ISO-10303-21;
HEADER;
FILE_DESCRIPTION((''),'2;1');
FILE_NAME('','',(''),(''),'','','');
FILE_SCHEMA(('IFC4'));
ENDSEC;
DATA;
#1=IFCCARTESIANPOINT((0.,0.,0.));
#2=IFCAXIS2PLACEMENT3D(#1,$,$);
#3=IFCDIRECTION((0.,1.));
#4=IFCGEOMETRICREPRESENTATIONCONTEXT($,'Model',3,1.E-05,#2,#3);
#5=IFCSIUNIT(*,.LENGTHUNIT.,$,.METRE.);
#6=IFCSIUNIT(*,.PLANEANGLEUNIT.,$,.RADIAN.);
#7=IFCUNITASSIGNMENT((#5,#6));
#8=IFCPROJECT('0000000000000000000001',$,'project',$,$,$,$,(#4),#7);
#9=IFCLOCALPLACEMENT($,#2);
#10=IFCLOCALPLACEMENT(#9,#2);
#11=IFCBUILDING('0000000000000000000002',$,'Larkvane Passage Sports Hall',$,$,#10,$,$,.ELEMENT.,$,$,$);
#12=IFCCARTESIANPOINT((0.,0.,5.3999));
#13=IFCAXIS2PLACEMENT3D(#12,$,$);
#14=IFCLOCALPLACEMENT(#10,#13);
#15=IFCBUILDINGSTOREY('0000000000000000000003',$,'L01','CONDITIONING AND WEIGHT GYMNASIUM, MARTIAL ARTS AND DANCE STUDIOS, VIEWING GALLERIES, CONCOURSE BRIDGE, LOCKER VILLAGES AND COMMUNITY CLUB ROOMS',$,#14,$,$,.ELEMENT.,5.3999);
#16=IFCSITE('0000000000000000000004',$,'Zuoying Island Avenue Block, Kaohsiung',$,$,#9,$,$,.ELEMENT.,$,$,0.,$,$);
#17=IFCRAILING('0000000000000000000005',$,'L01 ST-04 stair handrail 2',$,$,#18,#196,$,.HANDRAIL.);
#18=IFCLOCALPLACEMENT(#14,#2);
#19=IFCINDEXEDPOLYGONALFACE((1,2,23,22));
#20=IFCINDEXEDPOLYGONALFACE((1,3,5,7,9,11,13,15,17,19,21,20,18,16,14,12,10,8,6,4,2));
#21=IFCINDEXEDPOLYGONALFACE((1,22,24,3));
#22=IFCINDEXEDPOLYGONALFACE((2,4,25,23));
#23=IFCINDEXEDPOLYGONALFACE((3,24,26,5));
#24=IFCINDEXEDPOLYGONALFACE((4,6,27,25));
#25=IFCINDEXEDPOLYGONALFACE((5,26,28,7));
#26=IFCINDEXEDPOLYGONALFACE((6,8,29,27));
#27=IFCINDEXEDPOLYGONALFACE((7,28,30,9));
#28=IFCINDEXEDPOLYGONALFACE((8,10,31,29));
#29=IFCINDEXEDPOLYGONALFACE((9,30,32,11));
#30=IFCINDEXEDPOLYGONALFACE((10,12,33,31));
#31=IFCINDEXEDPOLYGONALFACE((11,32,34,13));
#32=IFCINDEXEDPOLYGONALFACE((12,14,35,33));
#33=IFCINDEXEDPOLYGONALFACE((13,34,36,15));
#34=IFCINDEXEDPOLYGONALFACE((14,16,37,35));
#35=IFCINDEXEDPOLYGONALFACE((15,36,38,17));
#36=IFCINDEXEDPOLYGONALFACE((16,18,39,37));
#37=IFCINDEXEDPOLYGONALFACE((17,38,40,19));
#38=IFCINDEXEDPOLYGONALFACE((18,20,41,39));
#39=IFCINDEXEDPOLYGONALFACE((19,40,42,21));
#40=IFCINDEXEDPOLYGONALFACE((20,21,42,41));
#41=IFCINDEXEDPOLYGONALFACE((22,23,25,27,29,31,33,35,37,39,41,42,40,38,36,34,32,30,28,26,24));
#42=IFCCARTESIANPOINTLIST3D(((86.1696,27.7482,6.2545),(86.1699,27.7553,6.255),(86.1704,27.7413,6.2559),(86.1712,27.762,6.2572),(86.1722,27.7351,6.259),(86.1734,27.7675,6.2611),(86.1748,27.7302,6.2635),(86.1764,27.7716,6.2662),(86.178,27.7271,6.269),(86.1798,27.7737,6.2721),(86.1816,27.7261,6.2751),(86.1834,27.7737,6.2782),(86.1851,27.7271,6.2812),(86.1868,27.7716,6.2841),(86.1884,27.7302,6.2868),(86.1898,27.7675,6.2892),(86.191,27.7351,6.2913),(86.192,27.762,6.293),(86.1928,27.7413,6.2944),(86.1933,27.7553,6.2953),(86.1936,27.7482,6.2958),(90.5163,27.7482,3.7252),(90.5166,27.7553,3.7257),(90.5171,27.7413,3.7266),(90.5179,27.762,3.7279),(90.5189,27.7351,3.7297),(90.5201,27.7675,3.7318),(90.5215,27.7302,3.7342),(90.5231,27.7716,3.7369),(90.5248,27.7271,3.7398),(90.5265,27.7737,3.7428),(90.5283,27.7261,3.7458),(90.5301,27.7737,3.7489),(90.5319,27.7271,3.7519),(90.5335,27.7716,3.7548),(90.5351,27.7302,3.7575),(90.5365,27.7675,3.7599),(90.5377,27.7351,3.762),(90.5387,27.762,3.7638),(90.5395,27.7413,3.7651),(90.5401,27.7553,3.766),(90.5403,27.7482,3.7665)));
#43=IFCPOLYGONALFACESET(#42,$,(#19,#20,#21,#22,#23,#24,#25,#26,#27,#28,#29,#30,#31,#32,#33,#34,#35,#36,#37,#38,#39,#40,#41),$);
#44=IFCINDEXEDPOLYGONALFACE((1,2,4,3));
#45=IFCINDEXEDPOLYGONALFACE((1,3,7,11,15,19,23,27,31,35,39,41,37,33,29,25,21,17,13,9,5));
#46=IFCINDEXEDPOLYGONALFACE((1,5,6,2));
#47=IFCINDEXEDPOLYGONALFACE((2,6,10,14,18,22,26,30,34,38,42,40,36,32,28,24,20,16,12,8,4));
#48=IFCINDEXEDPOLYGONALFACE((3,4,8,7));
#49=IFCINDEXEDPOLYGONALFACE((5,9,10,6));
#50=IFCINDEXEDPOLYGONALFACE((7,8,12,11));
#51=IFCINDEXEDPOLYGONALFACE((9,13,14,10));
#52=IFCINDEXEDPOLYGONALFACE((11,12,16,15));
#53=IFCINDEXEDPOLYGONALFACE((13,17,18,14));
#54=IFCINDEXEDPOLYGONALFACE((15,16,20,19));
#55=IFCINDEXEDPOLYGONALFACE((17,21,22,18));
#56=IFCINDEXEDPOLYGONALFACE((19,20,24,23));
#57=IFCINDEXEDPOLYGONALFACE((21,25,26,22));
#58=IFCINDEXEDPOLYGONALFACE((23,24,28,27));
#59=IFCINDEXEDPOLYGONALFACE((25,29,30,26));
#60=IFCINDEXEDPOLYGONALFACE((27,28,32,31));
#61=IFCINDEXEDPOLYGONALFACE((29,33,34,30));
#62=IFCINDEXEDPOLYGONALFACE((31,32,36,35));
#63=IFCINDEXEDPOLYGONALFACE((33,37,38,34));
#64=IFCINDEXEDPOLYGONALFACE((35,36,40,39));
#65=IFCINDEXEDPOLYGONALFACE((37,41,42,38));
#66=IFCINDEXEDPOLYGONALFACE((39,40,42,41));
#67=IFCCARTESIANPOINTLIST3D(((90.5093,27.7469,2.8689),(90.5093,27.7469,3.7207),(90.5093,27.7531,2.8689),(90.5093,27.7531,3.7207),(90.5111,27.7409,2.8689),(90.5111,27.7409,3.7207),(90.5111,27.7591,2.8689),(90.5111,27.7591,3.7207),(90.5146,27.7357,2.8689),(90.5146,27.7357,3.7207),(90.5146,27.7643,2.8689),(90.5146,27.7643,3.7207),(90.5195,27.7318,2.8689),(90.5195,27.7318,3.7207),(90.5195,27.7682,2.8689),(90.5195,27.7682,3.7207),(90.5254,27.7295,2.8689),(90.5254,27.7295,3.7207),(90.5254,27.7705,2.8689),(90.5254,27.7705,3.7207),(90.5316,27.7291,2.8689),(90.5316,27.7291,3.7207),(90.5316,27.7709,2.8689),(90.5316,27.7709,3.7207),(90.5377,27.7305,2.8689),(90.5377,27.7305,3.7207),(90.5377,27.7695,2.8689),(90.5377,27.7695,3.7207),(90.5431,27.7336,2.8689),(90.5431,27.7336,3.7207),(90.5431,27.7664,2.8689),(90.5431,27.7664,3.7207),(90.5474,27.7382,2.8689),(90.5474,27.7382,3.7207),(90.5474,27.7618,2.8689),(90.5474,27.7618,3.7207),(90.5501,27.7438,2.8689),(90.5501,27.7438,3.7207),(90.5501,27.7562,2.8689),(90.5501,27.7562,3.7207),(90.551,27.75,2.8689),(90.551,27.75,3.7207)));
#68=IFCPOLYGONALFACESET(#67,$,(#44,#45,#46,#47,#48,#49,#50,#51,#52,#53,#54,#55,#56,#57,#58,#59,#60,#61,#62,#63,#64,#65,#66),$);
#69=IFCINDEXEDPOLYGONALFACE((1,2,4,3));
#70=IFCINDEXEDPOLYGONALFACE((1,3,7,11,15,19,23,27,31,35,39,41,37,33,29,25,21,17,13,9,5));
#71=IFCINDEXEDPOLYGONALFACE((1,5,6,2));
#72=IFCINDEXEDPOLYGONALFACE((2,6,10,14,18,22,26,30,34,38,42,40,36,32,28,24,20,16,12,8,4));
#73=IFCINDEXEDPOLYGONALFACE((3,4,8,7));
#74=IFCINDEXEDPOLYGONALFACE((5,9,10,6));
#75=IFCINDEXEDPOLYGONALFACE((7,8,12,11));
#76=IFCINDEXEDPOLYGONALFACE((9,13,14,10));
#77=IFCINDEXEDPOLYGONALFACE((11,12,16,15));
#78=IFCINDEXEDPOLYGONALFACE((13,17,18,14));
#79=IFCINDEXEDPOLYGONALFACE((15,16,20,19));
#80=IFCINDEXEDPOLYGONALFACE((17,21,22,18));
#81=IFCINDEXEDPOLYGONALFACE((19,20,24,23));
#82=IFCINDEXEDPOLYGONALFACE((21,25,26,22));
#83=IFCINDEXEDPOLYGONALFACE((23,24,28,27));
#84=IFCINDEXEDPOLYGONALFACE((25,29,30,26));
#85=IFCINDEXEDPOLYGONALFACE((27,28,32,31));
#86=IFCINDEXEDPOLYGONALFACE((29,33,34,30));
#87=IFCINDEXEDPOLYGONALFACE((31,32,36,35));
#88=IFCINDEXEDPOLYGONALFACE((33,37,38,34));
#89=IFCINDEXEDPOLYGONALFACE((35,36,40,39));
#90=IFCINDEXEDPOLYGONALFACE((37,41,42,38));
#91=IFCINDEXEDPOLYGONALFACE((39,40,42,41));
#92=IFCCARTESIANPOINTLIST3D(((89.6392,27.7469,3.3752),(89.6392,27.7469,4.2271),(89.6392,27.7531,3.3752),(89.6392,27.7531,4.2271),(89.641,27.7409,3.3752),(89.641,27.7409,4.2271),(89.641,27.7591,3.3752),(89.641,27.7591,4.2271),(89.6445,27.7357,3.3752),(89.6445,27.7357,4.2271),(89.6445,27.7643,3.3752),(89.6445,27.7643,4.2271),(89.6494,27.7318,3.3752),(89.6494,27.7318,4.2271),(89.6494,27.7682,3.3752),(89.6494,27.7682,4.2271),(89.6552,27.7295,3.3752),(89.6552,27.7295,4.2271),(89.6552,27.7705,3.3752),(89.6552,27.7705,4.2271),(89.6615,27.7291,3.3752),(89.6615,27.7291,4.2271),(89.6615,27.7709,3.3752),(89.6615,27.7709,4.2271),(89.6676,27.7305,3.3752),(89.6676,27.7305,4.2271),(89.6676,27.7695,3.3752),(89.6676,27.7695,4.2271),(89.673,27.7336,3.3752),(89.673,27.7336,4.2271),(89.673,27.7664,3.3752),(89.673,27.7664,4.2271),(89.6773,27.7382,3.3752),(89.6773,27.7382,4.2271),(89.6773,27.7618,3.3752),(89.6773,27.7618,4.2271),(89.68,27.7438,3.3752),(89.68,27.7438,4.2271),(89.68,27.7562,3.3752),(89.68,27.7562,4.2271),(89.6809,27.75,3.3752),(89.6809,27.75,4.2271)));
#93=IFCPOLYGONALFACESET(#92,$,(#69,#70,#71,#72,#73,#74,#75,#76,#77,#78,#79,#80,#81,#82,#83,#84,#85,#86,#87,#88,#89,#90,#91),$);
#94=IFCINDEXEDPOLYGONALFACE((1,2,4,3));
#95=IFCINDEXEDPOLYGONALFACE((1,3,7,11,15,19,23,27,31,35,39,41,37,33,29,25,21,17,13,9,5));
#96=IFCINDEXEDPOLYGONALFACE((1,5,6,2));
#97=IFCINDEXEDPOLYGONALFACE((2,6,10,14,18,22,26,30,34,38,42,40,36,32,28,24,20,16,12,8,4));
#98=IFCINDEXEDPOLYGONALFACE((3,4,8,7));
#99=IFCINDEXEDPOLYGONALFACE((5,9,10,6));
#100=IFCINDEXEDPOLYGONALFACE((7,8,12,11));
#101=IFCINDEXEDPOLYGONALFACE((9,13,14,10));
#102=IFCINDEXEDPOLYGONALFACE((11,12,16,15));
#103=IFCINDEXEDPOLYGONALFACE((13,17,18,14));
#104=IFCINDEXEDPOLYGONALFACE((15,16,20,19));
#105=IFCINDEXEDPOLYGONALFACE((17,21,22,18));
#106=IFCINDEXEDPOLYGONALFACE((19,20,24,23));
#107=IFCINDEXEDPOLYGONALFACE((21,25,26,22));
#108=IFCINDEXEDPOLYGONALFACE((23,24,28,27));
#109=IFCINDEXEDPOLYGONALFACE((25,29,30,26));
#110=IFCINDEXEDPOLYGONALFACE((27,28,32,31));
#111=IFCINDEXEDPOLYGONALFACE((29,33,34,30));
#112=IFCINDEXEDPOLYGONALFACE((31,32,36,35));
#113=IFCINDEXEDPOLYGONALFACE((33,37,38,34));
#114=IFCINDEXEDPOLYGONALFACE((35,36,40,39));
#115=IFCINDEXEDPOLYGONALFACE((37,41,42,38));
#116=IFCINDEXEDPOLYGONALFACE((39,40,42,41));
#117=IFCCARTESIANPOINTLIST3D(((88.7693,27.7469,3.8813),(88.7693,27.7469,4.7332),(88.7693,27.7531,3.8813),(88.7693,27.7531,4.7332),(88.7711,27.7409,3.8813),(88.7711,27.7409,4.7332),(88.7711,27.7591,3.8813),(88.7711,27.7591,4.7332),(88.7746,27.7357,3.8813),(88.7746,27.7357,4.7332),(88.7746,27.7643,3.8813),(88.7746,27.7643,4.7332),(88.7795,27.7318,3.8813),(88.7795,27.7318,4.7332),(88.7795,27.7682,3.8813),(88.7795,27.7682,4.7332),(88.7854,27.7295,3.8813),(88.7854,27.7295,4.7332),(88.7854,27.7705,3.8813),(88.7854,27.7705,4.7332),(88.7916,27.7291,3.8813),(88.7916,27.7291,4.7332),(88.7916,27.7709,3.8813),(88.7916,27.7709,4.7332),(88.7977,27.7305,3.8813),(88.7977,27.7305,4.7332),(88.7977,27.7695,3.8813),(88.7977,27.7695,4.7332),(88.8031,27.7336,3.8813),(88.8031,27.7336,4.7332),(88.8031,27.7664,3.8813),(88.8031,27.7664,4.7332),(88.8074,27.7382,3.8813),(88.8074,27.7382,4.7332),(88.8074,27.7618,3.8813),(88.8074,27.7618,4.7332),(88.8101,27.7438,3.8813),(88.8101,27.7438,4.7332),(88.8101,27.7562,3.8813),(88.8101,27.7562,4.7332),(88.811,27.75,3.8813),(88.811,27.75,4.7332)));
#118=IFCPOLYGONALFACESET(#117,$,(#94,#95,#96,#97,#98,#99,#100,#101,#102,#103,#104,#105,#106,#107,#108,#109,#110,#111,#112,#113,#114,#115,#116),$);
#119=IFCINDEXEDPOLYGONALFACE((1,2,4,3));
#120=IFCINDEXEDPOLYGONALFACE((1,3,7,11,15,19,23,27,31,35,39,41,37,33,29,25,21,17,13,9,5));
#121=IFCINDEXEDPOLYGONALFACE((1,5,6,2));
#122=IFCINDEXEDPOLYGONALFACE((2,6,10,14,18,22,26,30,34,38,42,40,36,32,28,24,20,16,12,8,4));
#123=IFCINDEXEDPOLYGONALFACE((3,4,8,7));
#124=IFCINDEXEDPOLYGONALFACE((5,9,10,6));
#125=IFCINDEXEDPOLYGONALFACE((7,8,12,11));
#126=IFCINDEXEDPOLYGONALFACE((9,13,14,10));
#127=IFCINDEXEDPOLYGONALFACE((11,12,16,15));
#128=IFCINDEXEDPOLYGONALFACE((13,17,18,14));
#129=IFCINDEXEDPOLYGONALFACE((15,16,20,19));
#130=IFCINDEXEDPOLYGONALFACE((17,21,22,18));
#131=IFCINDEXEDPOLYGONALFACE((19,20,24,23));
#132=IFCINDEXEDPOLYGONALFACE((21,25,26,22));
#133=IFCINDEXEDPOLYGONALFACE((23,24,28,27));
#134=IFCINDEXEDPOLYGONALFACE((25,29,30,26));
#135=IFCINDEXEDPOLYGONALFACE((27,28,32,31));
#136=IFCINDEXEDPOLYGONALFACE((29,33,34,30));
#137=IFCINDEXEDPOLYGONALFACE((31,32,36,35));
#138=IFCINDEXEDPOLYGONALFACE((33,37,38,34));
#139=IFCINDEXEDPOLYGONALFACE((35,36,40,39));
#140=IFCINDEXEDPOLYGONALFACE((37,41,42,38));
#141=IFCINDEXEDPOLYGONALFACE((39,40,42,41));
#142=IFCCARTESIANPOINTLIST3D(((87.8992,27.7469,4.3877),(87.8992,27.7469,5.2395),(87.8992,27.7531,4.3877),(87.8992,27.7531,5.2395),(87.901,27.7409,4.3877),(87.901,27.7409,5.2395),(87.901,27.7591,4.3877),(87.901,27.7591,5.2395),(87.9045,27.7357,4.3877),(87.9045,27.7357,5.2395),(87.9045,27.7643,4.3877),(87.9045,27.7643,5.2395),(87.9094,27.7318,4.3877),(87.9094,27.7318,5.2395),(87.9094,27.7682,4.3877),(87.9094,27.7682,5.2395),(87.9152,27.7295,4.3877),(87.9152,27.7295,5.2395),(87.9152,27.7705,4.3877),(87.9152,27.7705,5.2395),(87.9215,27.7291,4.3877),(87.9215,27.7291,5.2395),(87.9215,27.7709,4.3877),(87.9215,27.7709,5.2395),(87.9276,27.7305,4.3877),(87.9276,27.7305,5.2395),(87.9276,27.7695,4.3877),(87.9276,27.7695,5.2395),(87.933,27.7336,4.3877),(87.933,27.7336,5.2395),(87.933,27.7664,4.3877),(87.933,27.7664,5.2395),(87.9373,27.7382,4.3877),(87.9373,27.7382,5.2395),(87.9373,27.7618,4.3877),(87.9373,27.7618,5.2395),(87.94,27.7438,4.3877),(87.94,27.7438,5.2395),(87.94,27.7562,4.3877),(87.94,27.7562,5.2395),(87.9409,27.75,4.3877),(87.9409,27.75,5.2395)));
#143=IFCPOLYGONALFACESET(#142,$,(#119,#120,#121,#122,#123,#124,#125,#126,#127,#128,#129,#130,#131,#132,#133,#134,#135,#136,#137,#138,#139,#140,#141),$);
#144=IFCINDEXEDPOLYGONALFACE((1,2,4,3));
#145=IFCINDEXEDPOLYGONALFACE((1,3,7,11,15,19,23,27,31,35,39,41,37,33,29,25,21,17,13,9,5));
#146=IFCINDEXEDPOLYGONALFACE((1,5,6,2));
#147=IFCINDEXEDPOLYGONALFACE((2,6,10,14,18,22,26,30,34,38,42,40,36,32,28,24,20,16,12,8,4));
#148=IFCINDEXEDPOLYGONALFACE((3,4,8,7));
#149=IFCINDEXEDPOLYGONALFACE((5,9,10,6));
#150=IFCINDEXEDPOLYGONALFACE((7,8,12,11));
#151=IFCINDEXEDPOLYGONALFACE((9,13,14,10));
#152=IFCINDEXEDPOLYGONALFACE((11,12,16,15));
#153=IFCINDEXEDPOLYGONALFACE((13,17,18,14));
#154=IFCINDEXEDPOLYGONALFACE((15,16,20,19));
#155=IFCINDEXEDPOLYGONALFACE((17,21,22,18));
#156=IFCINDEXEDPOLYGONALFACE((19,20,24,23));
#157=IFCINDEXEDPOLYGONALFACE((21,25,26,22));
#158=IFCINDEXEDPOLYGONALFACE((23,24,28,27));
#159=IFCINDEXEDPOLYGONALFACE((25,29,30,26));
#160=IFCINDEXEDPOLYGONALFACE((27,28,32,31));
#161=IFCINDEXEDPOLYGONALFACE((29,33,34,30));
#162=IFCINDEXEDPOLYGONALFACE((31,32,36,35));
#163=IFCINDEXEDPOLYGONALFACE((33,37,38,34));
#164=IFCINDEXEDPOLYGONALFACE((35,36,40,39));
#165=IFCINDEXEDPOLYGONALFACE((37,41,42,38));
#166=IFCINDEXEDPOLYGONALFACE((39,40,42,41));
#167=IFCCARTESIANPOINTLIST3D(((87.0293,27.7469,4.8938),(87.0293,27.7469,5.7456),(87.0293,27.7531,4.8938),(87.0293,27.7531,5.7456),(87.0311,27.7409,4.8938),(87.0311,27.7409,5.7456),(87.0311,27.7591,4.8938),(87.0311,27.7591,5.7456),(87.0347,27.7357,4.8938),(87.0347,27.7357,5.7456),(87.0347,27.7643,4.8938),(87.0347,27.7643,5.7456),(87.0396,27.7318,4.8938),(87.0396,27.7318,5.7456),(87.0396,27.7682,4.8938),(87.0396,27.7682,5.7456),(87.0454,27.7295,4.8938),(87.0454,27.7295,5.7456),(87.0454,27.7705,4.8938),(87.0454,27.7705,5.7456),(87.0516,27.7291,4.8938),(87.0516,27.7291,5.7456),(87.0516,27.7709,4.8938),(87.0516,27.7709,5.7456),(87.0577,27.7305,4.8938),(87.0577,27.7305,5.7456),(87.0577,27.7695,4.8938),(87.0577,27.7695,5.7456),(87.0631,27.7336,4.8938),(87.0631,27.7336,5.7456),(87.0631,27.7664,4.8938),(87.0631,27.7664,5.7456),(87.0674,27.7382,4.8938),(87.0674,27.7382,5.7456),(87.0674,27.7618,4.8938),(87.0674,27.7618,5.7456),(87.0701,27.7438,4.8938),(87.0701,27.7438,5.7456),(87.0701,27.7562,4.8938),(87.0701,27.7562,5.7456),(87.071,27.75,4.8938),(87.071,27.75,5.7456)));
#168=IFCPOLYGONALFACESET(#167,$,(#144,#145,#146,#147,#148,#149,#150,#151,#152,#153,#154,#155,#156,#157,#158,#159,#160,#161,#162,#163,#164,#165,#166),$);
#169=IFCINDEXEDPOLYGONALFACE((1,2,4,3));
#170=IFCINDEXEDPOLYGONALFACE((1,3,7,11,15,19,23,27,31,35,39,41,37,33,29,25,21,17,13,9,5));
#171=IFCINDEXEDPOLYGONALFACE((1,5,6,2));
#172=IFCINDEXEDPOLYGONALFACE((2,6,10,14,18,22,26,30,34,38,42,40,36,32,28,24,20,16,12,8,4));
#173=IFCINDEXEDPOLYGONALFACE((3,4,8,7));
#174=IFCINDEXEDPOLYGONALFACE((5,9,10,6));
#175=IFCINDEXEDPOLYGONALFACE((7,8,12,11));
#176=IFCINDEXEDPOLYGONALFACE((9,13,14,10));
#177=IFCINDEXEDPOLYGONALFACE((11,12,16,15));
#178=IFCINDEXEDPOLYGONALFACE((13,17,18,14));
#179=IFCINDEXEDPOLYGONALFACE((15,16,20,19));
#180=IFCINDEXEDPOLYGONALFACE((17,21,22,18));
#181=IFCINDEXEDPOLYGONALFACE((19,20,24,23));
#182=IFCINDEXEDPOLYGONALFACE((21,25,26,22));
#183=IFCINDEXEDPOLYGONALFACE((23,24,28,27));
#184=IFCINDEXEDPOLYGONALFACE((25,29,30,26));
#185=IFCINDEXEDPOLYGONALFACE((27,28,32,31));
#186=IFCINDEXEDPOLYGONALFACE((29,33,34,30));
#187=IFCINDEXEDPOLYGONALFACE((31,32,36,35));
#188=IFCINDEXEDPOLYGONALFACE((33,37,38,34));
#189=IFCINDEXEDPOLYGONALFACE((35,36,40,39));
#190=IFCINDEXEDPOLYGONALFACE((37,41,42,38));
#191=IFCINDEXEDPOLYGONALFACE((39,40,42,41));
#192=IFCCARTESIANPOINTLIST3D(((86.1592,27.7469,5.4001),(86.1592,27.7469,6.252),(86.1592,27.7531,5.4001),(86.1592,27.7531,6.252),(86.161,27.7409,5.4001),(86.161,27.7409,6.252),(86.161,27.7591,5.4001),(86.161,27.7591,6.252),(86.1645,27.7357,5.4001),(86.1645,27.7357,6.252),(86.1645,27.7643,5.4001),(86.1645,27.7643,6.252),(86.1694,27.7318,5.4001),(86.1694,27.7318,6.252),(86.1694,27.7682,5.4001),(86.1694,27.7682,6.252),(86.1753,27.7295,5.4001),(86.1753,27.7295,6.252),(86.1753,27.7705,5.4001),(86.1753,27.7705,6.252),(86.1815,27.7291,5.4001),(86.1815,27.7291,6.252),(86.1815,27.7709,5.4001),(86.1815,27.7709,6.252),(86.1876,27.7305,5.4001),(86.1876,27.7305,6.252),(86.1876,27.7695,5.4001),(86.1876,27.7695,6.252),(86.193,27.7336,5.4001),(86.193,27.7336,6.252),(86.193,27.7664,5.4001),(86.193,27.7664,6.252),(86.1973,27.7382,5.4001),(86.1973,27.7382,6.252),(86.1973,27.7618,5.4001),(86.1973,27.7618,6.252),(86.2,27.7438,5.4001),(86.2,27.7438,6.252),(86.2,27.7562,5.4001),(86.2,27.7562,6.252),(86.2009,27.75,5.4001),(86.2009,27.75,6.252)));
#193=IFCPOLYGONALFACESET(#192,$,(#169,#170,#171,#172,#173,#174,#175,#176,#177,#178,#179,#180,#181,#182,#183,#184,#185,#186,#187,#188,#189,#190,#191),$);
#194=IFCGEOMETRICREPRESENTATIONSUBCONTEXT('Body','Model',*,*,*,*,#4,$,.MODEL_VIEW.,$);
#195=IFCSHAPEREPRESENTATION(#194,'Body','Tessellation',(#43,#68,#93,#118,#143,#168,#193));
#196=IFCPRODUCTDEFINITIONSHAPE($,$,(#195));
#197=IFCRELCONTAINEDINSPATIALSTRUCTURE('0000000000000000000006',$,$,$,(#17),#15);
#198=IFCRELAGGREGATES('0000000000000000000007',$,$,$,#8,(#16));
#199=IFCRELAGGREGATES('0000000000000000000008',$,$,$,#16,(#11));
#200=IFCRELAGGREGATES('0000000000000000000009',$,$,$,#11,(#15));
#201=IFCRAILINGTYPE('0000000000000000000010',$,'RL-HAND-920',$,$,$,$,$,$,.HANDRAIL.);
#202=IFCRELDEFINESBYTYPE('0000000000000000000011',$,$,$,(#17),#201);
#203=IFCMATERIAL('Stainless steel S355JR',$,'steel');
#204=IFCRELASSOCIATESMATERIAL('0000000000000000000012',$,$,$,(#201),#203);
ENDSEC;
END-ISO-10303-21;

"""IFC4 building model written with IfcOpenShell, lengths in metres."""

from ifc_helpers import new_model, si_unit, direction, frame, origin, origin_2d, place, context, subcontext, project, spatial, circle, extrude, material, type_object, element, save


model = new_model("IFC4")

# Units and contexts
model_context = context("Model", 3, precision=1e-05, world=origin(), true_north=direction((0.0, 1.0)))
body_context = subcontext(model_context, "Body", "Model", "MODEL_VIEW")
ifc_project = project(units=[si_unit("LENGTHUNIT", "METRE"), si_unit("PLANEANGLEUNIT", "RADIAN")], contexts=[model_context])

# Site, building, storey
site_placement = place(None, origin())
site = spatial("IfcSite", under=ifc_project, at=site_placement, Name="Zuoying Island Avenue Block, Kaohsiung", CompositionType="ELEMENT", RefElevation=0.0)
building_placement = place(site_placement, origin())
building = spatial("IfcBuilding", under=site, at=building_placement, Name="Larkvane Passage Sports Hall", CompositionType="ELEMENT")
storey_placement = place(building_placement, frame((0.0, 0.0, 5.3999)))
storey = spatial("IfcBuildingStorey", under=building, at=storey_placement, Name="L01", Description="CONDITIONING AND WEIGHT GYMNASIUM, MARTIAL ARTS AND DANCE STUDIOS, VIEWING GALLERIES, CONCOURSE BRIDGE, LOCKER VILLAGES AND COMMUNITY CLUB ROOMS", CompositionType="ELEMENT", Elevation=5.3999)

# Railing
ifc_material_1 = material(Name="Stainless steel S355JR", Category="steel")
railing_type_1 = type_object("IfcRailingType", Name="RL-HAND-920", PredefinedType="HANDRAIL", material=ifc_material_1)
railing_1_placement = place(storey_placement, frame((90.53, 27.75, 2.8689)))
element("IfcRailing", 1, at=railing_1_placement, inside=storey, type_object=railing_type_1, Name="L01 ST-04 stair handrail 2", PredefinedType="HANDRAIL", context=body_context, shape_type="SweptSolid", body=[
    extrude(circle(Radius=0.0239, at=origin_2d()), frame((-0.0017, 0.0, 0.877), z_axis=(-0.864324, 0.0, 0.502936), x_axis=(0.0, -1.0, 0.0)), (0.0, 0.0, 1.0), 5.0291),
    extrude(circle(Radius=0.021, at=origin_2d()), origin(), (0.0, 0.0, 1.0), 0.8518),
    extrude(circle(Radius=0.021, at=origin_2d()), frame((-0.8701, 0.0, 0.5063)), (0.0, 0.0, 1.0), 0.8518),
    extrude(circle(Radius=0.021, at=origin_2d()), frame((-1.74, 0.0, 1.0125)), (0.0, 0.0, 1.0), 0.8518),
    extrude(circle(Radius=0.021, at=origin_2d()), frame((-2.6101, 0.0, 1.5188)), (0.0, 0.0, 1.0), 0.8518),
    extrude(circle(Radius=0.021, at=origin_2d()), frame((-3.48, 0.0, 2.0249)), (0.0, 0.0, 1.0), 0.8518),
    extrude(circle(Radius=0.021, at=origin_2d()), frame((-4.3501, 0.0, 2.5312)), (0.0, 0.0, 1.0), 0.8518),
])

save(model, "model.ifc")
